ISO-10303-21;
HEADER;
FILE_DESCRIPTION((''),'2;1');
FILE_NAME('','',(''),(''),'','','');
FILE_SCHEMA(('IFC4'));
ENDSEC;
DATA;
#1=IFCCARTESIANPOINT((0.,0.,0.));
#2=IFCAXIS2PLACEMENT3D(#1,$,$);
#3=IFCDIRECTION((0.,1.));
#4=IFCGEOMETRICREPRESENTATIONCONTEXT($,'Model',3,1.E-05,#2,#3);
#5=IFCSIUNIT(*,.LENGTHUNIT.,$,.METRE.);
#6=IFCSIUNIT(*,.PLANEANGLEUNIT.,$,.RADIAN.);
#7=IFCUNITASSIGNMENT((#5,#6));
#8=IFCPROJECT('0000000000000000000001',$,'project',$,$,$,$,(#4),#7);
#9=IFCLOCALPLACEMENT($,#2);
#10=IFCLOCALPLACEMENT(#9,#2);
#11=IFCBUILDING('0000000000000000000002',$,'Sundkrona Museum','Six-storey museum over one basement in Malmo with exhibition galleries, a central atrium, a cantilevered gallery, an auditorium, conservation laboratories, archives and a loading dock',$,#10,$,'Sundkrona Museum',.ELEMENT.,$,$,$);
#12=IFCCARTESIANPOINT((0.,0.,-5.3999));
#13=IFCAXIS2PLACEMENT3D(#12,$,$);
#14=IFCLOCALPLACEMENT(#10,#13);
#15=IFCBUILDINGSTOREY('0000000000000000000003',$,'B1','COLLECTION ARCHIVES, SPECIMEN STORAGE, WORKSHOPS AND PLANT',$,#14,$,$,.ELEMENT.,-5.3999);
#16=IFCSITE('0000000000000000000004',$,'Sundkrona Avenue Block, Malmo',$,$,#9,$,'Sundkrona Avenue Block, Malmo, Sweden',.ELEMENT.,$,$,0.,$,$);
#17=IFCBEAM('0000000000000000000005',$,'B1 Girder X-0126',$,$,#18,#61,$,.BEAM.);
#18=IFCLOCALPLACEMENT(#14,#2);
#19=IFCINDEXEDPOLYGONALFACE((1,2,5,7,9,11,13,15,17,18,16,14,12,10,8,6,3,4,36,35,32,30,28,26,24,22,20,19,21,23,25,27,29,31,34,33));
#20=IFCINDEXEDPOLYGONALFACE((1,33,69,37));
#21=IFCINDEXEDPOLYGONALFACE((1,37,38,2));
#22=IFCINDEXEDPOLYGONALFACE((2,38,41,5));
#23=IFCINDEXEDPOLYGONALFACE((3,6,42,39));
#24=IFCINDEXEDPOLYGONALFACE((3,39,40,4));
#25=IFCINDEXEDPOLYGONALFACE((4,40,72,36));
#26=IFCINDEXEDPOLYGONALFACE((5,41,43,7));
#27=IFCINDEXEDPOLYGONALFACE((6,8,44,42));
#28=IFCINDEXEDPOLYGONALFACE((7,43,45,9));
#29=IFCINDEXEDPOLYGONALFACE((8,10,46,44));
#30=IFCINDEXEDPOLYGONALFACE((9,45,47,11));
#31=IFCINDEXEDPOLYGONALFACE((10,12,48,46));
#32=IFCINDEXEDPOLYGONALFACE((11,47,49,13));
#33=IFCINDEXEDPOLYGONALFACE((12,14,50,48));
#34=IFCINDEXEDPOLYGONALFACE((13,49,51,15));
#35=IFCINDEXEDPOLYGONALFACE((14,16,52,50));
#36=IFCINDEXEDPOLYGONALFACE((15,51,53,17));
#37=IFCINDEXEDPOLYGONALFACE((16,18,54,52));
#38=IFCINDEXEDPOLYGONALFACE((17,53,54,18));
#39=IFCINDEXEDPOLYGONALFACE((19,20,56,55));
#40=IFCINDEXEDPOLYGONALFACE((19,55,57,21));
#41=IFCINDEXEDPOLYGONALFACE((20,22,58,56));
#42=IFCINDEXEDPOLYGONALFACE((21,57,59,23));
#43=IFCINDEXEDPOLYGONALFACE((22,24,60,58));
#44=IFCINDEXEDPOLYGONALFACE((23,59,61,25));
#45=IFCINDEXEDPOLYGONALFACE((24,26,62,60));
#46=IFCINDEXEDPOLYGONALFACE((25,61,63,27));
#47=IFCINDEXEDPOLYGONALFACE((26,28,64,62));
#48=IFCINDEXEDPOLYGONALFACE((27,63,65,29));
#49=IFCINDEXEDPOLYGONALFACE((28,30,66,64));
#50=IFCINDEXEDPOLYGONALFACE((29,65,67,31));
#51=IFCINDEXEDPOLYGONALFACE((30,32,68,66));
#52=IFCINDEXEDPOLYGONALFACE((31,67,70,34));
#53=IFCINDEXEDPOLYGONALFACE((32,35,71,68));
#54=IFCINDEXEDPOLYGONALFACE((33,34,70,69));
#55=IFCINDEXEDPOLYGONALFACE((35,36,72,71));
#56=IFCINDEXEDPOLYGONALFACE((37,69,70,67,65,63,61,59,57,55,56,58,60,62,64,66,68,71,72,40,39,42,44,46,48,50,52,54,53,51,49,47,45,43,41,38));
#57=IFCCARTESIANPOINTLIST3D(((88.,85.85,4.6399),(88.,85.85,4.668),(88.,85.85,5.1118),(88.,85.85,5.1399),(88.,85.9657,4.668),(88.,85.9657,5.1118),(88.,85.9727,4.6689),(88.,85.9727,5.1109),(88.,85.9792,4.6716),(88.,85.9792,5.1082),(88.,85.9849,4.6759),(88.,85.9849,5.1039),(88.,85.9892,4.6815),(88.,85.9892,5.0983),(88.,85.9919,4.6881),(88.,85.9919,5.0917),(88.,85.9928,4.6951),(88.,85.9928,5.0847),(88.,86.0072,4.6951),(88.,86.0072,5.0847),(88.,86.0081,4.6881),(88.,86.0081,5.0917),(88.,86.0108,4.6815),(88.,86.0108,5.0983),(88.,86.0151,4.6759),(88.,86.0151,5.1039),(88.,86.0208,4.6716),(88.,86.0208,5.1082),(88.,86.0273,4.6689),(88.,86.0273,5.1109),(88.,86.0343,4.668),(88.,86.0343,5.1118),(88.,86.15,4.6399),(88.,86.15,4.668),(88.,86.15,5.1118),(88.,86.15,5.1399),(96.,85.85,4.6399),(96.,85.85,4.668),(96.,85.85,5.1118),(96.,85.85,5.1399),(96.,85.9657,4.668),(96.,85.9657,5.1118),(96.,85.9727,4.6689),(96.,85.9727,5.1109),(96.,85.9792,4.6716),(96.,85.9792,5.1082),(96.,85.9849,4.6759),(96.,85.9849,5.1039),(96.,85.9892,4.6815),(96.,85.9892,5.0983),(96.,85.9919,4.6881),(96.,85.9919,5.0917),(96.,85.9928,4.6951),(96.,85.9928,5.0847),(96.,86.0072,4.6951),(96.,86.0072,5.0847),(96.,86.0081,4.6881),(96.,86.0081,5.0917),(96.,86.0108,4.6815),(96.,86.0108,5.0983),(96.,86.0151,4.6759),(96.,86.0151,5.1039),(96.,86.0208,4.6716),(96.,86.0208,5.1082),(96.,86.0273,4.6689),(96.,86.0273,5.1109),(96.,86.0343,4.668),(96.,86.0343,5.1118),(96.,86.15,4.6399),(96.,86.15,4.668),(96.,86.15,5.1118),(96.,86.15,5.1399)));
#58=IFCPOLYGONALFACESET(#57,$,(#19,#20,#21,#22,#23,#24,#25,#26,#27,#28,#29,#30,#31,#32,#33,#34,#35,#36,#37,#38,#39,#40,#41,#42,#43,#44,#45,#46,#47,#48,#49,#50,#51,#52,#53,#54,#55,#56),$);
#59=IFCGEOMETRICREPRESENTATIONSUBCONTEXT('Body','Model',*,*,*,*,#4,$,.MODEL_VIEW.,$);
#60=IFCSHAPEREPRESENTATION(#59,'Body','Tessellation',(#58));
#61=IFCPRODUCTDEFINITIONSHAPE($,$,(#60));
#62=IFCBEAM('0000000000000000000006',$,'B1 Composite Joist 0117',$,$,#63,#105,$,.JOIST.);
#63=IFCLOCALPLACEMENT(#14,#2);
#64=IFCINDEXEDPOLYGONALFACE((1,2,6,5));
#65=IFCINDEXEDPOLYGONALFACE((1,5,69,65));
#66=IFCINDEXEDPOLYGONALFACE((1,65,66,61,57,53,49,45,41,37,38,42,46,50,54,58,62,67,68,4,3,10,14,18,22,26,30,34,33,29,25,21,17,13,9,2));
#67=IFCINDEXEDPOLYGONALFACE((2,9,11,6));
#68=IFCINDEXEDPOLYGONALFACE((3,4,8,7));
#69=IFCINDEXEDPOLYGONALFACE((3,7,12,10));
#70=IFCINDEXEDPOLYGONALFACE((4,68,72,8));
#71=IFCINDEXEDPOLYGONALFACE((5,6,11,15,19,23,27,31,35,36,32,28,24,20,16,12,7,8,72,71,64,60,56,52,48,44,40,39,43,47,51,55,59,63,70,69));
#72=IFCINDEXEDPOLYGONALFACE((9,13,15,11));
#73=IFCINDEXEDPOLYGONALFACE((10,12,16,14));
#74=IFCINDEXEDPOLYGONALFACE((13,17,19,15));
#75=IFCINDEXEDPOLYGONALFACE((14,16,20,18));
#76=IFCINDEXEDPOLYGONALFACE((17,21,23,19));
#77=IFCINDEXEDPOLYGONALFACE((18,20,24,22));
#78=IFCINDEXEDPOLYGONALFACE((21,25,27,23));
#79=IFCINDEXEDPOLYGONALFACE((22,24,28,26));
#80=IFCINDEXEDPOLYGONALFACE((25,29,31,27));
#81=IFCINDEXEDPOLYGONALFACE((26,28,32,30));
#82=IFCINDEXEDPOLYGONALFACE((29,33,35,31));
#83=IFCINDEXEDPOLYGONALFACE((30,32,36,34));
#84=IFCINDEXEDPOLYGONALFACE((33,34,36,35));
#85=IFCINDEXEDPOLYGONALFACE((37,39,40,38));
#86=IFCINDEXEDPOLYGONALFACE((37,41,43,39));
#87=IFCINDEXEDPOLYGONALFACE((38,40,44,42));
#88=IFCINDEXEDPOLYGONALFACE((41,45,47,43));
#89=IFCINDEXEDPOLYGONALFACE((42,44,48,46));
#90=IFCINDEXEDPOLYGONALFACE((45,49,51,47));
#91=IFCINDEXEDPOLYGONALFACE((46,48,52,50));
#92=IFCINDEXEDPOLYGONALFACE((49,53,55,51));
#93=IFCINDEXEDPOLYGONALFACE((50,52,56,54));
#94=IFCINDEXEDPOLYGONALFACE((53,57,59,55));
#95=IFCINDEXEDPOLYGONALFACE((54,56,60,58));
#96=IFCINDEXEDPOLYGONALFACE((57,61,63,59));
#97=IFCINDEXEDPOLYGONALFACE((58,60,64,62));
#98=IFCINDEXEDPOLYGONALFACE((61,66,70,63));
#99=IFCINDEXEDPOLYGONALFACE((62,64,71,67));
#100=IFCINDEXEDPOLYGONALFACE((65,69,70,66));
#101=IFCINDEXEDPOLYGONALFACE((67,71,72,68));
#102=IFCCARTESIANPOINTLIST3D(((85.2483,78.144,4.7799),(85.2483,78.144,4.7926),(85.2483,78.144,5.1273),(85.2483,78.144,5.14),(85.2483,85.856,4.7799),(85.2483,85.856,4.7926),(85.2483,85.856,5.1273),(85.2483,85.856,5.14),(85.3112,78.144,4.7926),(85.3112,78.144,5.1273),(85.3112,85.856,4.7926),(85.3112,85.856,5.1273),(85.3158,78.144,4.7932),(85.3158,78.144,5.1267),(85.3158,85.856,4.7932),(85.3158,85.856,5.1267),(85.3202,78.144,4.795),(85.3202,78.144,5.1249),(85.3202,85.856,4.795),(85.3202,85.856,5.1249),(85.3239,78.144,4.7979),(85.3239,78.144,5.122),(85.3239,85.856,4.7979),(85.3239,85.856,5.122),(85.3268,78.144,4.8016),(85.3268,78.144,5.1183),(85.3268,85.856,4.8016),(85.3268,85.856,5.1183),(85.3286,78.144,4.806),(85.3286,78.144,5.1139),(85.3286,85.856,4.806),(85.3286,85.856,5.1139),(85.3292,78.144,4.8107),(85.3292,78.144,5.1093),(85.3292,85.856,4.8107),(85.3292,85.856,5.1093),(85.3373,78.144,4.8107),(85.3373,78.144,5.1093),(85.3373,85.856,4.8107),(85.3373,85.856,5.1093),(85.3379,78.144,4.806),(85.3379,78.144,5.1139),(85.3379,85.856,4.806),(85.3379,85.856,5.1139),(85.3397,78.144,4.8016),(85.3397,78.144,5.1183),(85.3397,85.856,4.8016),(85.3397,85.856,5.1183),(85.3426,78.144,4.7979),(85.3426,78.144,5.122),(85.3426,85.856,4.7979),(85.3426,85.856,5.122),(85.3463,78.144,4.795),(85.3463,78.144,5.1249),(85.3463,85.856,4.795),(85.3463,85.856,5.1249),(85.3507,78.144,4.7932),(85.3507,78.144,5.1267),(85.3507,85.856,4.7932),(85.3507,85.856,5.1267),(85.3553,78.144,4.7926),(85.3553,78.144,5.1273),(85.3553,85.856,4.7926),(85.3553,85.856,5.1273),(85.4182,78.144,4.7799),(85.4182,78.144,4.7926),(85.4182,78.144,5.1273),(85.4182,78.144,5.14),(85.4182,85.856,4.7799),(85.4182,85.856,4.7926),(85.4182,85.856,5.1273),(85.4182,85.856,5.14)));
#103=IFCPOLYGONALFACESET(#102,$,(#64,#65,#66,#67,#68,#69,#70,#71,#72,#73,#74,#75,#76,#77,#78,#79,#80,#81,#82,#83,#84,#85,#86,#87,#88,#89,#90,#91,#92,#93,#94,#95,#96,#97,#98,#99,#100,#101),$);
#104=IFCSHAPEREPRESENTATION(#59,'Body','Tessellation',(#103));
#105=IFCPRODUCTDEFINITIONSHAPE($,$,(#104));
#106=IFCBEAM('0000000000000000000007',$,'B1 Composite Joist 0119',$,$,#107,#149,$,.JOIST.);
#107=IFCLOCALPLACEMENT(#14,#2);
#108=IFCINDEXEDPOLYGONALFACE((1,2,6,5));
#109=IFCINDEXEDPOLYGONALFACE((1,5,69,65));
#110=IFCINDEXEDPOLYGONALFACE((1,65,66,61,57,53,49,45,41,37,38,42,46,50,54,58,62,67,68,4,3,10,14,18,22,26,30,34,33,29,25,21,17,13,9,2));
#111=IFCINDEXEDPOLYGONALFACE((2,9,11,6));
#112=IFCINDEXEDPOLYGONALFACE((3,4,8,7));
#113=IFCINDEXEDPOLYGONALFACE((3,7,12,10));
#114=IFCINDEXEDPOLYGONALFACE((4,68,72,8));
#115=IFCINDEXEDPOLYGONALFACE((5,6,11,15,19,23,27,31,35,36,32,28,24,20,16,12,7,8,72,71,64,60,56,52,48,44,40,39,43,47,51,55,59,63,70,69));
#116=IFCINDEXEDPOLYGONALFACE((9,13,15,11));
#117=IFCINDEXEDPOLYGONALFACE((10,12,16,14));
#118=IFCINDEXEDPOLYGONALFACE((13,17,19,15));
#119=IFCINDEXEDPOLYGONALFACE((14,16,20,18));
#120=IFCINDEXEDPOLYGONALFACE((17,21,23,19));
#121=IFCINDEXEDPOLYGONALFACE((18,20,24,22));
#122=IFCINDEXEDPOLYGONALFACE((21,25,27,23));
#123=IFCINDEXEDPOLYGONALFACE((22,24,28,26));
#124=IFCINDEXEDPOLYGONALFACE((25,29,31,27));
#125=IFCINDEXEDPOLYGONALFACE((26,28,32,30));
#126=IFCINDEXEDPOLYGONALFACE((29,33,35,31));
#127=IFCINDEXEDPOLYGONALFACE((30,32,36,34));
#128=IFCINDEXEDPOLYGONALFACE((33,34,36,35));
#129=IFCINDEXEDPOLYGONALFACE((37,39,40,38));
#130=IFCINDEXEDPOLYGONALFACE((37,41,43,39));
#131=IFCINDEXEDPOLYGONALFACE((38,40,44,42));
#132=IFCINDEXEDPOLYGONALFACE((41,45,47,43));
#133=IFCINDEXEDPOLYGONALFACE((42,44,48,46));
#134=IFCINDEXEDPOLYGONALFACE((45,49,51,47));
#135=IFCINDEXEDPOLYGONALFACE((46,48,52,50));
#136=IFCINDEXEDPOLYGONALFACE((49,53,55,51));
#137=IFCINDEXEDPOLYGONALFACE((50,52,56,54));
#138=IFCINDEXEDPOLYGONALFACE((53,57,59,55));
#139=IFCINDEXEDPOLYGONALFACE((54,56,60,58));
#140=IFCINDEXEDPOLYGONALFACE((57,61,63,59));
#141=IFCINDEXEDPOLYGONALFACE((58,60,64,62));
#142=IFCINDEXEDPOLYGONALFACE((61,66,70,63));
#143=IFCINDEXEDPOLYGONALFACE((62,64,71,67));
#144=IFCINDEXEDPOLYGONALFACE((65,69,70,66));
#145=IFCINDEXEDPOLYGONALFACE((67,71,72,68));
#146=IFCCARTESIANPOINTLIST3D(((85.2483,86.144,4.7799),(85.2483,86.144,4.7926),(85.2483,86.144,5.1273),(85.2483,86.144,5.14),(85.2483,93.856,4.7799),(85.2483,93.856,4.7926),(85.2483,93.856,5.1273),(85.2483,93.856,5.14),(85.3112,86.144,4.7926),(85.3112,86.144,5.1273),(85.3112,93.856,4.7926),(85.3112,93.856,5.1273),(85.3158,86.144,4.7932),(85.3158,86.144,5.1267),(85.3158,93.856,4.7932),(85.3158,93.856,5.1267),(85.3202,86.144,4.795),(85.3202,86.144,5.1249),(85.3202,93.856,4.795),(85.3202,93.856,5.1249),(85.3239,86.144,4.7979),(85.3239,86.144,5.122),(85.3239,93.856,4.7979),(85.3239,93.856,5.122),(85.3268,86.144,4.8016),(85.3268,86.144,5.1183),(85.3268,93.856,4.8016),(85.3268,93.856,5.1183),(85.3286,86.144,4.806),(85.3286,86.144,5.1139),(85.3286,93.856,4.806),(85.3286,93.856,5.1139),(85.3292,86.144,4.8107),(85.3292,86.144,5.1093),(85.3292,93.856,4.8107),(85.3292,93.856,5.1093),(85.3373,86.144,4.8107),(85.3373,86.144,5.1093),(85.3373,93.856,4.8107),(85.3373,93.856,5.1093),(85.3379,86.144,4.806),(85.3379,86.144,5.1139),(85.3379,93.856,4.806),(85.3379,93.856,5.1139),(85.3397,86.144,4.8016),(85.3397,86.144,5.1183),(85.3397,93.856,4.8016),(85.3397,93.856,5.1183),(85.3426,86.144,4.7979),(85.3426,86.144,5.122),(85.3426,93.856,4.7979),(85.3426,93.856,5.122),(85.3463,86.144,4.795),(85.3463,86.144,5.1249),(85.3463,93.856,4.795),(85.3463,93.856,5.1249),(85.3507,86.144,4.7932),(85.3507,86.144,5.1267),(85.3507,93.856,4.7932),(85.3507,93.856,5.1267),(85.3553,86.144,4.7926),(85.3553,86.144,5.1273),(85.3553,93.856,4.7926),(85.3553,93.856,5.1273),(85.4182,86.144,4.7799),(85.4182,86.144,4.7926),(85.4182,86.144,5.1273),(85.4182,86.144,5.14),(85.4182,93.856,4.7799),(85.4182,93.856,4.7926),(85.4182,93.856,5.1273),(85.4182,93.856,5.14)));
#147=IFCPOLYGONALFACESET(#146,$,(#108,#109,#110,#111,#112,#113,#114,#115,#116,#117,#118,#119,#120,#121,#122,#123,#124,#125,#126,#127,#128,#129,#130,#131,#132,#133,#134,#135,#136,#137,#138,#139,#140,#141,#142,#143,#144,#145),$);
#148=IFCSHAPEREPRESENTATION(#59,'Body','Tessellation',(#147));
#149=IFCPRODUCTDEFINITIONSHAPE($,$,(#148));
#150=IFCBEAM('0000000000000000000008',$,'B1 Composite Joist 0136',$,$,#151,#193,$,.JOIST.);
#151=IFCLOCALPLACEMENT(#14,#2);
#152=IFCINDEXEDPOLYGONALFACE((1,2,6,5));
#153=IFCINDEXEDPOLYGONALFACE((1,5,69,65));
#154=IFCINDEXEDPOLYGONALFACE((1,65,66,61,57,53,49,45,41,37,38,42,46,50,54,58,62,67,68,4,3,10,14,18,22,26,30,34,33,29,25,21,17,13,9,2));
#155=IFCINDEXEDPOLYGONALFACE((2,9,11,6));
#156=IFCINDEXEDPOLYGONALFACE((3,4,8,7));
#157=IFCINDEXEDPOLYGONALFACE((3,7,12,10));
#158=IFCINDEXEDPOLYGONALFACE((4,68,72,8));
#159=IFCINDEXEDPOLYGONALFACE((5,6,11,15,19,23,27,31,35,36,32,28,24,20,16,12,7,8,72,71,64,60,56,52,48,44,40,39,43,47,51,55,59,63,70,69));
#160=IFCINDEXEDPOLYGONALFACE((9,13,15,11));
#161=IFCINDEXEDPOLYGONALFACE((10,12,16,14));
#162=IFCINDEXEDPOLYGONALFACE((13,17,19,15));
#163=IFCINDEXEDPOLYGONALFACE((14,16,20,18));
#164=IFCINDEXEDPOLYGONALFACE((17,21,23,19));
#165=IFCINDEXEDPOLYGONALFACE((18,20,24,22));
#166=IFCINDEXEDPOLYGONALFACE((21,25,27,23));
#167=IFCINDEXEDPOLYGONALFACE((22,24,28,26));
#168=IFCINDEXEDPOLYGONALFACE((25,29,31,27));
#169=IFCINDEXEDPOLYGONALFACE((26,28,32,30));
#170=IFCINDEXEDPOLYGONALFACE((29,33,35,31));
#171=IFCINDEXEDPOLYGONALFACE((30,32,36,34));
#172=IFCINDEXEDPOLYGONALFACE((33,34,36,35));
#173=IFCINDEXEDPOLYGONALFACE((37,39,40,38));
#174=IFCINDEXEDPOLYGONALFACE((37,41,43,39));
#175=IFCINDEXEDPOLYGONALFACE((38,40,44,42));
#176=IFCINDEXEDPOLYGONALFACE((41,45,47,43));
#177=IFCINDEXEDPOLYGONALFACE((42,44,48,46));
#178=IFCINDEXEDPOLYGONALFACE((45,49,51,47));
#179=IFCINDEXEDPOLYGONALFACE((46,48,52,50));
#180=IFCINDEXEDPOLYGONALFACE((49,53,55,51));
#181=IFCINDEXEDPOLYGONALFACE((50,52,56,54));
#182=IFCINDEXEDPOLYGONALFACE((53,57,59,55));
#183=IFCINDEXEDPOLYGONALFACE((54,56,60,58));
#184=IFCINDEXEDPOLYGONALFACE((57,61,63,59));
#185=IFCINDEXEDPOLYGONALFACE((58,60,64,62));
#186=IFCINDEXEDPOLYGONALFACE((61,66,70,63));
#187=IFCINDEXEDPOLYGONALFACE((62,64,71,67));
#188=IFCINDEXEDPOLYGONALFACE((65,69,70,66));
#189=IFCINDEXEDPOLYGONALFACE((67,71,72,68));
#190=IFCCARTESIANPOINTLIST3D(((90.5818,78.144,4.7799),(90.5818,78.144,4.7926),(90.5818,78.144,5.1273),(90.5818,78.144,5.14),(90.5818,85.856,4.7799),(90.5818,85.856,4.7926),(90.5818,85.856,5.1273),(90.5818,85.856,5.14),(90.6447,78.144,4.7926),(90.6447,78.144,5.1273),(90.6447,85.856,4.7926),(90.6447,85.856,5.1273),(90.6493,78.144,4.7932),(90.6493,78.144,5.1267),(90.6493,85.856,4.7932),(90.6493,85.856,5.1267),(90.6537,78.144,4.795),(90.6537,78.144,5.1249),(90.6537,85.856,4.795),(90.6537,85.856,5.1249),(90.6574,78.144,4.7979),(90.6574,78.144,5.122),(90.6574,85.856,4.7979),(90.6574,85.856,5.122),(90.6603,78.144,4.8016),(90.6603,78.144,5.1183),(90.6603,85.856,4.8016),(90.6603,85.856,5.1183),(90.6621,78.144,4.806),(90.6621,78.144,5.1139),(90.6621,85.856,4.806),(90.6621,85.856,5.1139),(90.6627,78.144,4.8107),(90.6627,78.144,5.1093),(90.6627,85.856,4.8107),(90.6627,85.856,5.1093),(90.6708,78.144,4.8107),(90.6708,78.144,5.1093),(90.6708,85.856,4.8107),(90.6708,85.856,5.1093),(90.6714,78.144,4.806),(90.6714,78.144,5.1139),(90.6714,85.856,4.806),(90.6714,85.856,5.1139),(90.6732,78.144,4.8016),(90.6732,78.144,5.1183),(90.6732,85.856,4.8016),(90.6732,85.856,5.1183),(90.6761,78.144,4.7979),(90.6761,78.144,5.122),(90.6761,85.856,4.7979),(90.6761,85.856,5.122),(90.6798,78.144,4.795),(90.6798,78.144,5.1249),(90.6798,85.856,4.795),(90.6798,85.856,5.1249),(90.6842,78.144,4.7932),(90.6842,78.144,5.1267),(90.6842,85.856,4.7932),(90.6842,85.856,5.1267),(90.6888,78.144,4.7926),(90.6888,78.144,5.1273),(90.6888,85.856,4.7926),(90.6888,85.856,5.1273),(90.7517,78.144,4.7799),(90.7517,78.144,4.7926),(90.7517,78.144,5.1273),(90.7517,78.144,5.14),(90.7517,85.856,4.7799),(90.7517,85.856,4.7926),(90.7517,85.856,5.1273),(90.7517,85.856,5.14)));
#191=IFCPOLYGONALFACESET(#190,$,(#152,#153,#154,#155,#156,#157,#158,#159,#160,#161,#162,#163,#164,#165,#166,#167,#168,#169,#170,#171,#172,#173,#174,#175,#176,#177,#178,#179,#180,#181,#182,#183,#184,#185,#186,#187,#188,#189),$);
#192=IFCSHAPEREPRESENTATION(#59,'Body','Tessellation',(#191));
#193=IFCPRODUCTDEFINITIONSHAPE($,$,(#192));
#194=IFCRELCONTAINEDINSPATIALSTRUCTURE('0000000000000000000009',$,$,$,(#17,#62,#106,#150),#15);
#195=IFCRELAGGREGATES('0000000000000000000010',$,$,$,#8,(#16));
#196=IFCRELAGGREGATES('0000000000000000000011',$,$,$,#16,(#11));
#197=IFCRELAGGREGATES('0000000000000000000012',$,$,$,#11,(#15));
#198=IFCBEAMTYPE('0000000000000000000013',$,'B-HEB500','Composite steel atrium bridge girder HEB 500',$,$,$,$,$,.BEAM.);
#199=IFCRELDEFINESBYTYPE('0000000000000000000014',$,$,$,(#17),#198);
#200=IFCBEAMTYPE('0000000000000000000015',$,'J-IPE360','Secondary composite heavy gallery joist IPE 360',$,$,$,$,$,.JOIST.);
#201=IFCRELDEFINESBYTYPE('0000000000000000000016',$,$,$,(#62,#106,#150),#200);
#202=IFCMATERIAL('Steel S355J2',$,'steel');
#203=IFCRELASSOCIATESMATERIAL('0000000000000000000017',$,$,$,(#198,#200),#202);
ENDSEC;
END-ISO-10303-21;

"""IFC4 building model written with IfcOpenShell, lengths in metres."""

from ifc_helpers import new_model, si_unit, direction, frame, origin, origin_2d, place, context, subcontext, project, spatial, i_section, extrude, material, material_profile, profile_set, type_object, element, save


model = new_model("IFC4")

# Units and contexts
model_context = context("Model", 3, precision=1e-05, world=origin(), true_north=direction((0.0, 1.0)))
body_context = subcontext(model_context, "Body", "Model", "MODEL_VIEW")
ifc_project = project(units=[si_unit("LENGTHUNIT", "METRE"), si_unit("PLANEANGLEUNIT", "RADIAN")], contexts=[model_context])

# Site, building, storey
site_placement = place(None, origin())
site = spatial("IfcSite", under=ifc_project, at=site_placement, Name="Sundkrona Avenue Block, Malmo", LongName="Sundkrona Avenue Block, Malmo, Sweden", CompositionType="ELEMENT", RefElevation=0.0)
building_placement = place(site_placement, origin())
building = spatial("IfcBuilding", under=site, at=building_placement, Name="Sundkrona Museum", Description="Six-storey museum over one basement in Malmo with exhibition galleries, a central atrium, a cantilevered gallery, an auditorium, conservation laboratories, archives and a loading dock", LongName="Sundkrona Museum", CompositionType="ELEMENT")
storey_placement = place(building_placement, frame((0.0, 0.0, -5.3999)))
storey = spatial("IfcBuildingStorey", under=building, at=storey_placement, Name="B1", Description="COLLECTION ARCHIVES, SPECIMEN STORAGE, WORKSHOPS AND PLANT", CompositionType="ELEMENT", Elevation=-5.3999)

# Beams
ifc_material_1 = material(Name="Steel S355J2", Category="steel")
ifc_material_profile_1 = material_profile(ifc_material_1, i_section(OverallWidth=0.3, OverallDepth=0.5, WebThickness=0.0144, FlangeThickness=0.0281, FilletRadius=0.0271, at=origin_2d()), Name="HEB 500")
ifc_profile_set_1 = profile_set([ifc_material_profile_1], Name="Steel S355J2")
beam_type_1 = type_object("IfcBeamType", Name="B-HEB500", Description="Composite steel atrium bridge girder HEB 500", PredefinedType="BEAM", material=ifc_profile_set_1)
beam_placement = place(storey_placement, frame((88.0, 86.0, 4.8899), z_axis=(1.0, 0.0, 0.0), x_axis=(0.0, 1.0, 0.0)))
element("IfcBeam", 1, at=beam_placement, inside=storey, type_object=beam_type_1, Name="B1 Girder X-0126", PredefinedType="BEAM", context=body_context, shape_type="SweptSolid", body=[
    extrude(i_section(OverallWidth=0.3, OverallDepth=0.5, WebThickness=0.0144, FlangeThickness=0.0281, FilletRadius=0.0271, at=origin_2d()), origin(), (0.0, 0.0, 1.0), 8.0),
])
ifc_material_profile_2 = material_profile(ifc_material_1, i_section(OverallWidth=0.1699, OverallDepth=0.3601, WebThickness=0.0081, FlangeThickness=0.0127, FilletRadius=0.0181, at=origin_2d()), Name="IPE 360")
ifc_profile_set_2 = profile_set([ifc_material_profile_2], Name="Steel S355J2")
beam_type_2 = type_object("IfcBeamType", Name="J-IPE360", Description="Secondary composite heavy gallery joist IPE 360", PredefinedType="JOIST", material=ifc_profile_set_2)
for number, where, z_axis, x_axis, name in (
    (2, (85.3333, 78.144, 4.96), (0.0, 1.0, 0.0), (-1.0, 0.0, 0.0), "B1 Composite Joist 0117"),
    (3, (85.3333, 86.144, 4.96), (0.0, 1.0, 0.0), (-1.0, 0.0, 0.0), "B1 Composite Joist 0119"),
    (4, (90.6667, 78.144, 4.96), (0.0, 1.0, 0.0), (-1.0, 0.0, 0.0), "B1 Composite Joist 0136"),
):
    element("IfcBeam", number, at=place(storey_placement, frame(where, z_axis=z_axis, x_axis=x_axis)), inside=storey, type_object=beam_type_2, Name=name, PredefinedType="JOIST", context=body_context, shape_type="SweptSolid", body=[
        extrude(i_section(OverallWidth=0.1699, OverallDepth=0.3601, WebThickness=0.0081, FlangeThickness=0.0127, FilletRadius=0.0181, at=origin_2d()), origin(), (0.0, 0.0, 1.0), 7.7119),
    ])

save(model, "model.ifc")
